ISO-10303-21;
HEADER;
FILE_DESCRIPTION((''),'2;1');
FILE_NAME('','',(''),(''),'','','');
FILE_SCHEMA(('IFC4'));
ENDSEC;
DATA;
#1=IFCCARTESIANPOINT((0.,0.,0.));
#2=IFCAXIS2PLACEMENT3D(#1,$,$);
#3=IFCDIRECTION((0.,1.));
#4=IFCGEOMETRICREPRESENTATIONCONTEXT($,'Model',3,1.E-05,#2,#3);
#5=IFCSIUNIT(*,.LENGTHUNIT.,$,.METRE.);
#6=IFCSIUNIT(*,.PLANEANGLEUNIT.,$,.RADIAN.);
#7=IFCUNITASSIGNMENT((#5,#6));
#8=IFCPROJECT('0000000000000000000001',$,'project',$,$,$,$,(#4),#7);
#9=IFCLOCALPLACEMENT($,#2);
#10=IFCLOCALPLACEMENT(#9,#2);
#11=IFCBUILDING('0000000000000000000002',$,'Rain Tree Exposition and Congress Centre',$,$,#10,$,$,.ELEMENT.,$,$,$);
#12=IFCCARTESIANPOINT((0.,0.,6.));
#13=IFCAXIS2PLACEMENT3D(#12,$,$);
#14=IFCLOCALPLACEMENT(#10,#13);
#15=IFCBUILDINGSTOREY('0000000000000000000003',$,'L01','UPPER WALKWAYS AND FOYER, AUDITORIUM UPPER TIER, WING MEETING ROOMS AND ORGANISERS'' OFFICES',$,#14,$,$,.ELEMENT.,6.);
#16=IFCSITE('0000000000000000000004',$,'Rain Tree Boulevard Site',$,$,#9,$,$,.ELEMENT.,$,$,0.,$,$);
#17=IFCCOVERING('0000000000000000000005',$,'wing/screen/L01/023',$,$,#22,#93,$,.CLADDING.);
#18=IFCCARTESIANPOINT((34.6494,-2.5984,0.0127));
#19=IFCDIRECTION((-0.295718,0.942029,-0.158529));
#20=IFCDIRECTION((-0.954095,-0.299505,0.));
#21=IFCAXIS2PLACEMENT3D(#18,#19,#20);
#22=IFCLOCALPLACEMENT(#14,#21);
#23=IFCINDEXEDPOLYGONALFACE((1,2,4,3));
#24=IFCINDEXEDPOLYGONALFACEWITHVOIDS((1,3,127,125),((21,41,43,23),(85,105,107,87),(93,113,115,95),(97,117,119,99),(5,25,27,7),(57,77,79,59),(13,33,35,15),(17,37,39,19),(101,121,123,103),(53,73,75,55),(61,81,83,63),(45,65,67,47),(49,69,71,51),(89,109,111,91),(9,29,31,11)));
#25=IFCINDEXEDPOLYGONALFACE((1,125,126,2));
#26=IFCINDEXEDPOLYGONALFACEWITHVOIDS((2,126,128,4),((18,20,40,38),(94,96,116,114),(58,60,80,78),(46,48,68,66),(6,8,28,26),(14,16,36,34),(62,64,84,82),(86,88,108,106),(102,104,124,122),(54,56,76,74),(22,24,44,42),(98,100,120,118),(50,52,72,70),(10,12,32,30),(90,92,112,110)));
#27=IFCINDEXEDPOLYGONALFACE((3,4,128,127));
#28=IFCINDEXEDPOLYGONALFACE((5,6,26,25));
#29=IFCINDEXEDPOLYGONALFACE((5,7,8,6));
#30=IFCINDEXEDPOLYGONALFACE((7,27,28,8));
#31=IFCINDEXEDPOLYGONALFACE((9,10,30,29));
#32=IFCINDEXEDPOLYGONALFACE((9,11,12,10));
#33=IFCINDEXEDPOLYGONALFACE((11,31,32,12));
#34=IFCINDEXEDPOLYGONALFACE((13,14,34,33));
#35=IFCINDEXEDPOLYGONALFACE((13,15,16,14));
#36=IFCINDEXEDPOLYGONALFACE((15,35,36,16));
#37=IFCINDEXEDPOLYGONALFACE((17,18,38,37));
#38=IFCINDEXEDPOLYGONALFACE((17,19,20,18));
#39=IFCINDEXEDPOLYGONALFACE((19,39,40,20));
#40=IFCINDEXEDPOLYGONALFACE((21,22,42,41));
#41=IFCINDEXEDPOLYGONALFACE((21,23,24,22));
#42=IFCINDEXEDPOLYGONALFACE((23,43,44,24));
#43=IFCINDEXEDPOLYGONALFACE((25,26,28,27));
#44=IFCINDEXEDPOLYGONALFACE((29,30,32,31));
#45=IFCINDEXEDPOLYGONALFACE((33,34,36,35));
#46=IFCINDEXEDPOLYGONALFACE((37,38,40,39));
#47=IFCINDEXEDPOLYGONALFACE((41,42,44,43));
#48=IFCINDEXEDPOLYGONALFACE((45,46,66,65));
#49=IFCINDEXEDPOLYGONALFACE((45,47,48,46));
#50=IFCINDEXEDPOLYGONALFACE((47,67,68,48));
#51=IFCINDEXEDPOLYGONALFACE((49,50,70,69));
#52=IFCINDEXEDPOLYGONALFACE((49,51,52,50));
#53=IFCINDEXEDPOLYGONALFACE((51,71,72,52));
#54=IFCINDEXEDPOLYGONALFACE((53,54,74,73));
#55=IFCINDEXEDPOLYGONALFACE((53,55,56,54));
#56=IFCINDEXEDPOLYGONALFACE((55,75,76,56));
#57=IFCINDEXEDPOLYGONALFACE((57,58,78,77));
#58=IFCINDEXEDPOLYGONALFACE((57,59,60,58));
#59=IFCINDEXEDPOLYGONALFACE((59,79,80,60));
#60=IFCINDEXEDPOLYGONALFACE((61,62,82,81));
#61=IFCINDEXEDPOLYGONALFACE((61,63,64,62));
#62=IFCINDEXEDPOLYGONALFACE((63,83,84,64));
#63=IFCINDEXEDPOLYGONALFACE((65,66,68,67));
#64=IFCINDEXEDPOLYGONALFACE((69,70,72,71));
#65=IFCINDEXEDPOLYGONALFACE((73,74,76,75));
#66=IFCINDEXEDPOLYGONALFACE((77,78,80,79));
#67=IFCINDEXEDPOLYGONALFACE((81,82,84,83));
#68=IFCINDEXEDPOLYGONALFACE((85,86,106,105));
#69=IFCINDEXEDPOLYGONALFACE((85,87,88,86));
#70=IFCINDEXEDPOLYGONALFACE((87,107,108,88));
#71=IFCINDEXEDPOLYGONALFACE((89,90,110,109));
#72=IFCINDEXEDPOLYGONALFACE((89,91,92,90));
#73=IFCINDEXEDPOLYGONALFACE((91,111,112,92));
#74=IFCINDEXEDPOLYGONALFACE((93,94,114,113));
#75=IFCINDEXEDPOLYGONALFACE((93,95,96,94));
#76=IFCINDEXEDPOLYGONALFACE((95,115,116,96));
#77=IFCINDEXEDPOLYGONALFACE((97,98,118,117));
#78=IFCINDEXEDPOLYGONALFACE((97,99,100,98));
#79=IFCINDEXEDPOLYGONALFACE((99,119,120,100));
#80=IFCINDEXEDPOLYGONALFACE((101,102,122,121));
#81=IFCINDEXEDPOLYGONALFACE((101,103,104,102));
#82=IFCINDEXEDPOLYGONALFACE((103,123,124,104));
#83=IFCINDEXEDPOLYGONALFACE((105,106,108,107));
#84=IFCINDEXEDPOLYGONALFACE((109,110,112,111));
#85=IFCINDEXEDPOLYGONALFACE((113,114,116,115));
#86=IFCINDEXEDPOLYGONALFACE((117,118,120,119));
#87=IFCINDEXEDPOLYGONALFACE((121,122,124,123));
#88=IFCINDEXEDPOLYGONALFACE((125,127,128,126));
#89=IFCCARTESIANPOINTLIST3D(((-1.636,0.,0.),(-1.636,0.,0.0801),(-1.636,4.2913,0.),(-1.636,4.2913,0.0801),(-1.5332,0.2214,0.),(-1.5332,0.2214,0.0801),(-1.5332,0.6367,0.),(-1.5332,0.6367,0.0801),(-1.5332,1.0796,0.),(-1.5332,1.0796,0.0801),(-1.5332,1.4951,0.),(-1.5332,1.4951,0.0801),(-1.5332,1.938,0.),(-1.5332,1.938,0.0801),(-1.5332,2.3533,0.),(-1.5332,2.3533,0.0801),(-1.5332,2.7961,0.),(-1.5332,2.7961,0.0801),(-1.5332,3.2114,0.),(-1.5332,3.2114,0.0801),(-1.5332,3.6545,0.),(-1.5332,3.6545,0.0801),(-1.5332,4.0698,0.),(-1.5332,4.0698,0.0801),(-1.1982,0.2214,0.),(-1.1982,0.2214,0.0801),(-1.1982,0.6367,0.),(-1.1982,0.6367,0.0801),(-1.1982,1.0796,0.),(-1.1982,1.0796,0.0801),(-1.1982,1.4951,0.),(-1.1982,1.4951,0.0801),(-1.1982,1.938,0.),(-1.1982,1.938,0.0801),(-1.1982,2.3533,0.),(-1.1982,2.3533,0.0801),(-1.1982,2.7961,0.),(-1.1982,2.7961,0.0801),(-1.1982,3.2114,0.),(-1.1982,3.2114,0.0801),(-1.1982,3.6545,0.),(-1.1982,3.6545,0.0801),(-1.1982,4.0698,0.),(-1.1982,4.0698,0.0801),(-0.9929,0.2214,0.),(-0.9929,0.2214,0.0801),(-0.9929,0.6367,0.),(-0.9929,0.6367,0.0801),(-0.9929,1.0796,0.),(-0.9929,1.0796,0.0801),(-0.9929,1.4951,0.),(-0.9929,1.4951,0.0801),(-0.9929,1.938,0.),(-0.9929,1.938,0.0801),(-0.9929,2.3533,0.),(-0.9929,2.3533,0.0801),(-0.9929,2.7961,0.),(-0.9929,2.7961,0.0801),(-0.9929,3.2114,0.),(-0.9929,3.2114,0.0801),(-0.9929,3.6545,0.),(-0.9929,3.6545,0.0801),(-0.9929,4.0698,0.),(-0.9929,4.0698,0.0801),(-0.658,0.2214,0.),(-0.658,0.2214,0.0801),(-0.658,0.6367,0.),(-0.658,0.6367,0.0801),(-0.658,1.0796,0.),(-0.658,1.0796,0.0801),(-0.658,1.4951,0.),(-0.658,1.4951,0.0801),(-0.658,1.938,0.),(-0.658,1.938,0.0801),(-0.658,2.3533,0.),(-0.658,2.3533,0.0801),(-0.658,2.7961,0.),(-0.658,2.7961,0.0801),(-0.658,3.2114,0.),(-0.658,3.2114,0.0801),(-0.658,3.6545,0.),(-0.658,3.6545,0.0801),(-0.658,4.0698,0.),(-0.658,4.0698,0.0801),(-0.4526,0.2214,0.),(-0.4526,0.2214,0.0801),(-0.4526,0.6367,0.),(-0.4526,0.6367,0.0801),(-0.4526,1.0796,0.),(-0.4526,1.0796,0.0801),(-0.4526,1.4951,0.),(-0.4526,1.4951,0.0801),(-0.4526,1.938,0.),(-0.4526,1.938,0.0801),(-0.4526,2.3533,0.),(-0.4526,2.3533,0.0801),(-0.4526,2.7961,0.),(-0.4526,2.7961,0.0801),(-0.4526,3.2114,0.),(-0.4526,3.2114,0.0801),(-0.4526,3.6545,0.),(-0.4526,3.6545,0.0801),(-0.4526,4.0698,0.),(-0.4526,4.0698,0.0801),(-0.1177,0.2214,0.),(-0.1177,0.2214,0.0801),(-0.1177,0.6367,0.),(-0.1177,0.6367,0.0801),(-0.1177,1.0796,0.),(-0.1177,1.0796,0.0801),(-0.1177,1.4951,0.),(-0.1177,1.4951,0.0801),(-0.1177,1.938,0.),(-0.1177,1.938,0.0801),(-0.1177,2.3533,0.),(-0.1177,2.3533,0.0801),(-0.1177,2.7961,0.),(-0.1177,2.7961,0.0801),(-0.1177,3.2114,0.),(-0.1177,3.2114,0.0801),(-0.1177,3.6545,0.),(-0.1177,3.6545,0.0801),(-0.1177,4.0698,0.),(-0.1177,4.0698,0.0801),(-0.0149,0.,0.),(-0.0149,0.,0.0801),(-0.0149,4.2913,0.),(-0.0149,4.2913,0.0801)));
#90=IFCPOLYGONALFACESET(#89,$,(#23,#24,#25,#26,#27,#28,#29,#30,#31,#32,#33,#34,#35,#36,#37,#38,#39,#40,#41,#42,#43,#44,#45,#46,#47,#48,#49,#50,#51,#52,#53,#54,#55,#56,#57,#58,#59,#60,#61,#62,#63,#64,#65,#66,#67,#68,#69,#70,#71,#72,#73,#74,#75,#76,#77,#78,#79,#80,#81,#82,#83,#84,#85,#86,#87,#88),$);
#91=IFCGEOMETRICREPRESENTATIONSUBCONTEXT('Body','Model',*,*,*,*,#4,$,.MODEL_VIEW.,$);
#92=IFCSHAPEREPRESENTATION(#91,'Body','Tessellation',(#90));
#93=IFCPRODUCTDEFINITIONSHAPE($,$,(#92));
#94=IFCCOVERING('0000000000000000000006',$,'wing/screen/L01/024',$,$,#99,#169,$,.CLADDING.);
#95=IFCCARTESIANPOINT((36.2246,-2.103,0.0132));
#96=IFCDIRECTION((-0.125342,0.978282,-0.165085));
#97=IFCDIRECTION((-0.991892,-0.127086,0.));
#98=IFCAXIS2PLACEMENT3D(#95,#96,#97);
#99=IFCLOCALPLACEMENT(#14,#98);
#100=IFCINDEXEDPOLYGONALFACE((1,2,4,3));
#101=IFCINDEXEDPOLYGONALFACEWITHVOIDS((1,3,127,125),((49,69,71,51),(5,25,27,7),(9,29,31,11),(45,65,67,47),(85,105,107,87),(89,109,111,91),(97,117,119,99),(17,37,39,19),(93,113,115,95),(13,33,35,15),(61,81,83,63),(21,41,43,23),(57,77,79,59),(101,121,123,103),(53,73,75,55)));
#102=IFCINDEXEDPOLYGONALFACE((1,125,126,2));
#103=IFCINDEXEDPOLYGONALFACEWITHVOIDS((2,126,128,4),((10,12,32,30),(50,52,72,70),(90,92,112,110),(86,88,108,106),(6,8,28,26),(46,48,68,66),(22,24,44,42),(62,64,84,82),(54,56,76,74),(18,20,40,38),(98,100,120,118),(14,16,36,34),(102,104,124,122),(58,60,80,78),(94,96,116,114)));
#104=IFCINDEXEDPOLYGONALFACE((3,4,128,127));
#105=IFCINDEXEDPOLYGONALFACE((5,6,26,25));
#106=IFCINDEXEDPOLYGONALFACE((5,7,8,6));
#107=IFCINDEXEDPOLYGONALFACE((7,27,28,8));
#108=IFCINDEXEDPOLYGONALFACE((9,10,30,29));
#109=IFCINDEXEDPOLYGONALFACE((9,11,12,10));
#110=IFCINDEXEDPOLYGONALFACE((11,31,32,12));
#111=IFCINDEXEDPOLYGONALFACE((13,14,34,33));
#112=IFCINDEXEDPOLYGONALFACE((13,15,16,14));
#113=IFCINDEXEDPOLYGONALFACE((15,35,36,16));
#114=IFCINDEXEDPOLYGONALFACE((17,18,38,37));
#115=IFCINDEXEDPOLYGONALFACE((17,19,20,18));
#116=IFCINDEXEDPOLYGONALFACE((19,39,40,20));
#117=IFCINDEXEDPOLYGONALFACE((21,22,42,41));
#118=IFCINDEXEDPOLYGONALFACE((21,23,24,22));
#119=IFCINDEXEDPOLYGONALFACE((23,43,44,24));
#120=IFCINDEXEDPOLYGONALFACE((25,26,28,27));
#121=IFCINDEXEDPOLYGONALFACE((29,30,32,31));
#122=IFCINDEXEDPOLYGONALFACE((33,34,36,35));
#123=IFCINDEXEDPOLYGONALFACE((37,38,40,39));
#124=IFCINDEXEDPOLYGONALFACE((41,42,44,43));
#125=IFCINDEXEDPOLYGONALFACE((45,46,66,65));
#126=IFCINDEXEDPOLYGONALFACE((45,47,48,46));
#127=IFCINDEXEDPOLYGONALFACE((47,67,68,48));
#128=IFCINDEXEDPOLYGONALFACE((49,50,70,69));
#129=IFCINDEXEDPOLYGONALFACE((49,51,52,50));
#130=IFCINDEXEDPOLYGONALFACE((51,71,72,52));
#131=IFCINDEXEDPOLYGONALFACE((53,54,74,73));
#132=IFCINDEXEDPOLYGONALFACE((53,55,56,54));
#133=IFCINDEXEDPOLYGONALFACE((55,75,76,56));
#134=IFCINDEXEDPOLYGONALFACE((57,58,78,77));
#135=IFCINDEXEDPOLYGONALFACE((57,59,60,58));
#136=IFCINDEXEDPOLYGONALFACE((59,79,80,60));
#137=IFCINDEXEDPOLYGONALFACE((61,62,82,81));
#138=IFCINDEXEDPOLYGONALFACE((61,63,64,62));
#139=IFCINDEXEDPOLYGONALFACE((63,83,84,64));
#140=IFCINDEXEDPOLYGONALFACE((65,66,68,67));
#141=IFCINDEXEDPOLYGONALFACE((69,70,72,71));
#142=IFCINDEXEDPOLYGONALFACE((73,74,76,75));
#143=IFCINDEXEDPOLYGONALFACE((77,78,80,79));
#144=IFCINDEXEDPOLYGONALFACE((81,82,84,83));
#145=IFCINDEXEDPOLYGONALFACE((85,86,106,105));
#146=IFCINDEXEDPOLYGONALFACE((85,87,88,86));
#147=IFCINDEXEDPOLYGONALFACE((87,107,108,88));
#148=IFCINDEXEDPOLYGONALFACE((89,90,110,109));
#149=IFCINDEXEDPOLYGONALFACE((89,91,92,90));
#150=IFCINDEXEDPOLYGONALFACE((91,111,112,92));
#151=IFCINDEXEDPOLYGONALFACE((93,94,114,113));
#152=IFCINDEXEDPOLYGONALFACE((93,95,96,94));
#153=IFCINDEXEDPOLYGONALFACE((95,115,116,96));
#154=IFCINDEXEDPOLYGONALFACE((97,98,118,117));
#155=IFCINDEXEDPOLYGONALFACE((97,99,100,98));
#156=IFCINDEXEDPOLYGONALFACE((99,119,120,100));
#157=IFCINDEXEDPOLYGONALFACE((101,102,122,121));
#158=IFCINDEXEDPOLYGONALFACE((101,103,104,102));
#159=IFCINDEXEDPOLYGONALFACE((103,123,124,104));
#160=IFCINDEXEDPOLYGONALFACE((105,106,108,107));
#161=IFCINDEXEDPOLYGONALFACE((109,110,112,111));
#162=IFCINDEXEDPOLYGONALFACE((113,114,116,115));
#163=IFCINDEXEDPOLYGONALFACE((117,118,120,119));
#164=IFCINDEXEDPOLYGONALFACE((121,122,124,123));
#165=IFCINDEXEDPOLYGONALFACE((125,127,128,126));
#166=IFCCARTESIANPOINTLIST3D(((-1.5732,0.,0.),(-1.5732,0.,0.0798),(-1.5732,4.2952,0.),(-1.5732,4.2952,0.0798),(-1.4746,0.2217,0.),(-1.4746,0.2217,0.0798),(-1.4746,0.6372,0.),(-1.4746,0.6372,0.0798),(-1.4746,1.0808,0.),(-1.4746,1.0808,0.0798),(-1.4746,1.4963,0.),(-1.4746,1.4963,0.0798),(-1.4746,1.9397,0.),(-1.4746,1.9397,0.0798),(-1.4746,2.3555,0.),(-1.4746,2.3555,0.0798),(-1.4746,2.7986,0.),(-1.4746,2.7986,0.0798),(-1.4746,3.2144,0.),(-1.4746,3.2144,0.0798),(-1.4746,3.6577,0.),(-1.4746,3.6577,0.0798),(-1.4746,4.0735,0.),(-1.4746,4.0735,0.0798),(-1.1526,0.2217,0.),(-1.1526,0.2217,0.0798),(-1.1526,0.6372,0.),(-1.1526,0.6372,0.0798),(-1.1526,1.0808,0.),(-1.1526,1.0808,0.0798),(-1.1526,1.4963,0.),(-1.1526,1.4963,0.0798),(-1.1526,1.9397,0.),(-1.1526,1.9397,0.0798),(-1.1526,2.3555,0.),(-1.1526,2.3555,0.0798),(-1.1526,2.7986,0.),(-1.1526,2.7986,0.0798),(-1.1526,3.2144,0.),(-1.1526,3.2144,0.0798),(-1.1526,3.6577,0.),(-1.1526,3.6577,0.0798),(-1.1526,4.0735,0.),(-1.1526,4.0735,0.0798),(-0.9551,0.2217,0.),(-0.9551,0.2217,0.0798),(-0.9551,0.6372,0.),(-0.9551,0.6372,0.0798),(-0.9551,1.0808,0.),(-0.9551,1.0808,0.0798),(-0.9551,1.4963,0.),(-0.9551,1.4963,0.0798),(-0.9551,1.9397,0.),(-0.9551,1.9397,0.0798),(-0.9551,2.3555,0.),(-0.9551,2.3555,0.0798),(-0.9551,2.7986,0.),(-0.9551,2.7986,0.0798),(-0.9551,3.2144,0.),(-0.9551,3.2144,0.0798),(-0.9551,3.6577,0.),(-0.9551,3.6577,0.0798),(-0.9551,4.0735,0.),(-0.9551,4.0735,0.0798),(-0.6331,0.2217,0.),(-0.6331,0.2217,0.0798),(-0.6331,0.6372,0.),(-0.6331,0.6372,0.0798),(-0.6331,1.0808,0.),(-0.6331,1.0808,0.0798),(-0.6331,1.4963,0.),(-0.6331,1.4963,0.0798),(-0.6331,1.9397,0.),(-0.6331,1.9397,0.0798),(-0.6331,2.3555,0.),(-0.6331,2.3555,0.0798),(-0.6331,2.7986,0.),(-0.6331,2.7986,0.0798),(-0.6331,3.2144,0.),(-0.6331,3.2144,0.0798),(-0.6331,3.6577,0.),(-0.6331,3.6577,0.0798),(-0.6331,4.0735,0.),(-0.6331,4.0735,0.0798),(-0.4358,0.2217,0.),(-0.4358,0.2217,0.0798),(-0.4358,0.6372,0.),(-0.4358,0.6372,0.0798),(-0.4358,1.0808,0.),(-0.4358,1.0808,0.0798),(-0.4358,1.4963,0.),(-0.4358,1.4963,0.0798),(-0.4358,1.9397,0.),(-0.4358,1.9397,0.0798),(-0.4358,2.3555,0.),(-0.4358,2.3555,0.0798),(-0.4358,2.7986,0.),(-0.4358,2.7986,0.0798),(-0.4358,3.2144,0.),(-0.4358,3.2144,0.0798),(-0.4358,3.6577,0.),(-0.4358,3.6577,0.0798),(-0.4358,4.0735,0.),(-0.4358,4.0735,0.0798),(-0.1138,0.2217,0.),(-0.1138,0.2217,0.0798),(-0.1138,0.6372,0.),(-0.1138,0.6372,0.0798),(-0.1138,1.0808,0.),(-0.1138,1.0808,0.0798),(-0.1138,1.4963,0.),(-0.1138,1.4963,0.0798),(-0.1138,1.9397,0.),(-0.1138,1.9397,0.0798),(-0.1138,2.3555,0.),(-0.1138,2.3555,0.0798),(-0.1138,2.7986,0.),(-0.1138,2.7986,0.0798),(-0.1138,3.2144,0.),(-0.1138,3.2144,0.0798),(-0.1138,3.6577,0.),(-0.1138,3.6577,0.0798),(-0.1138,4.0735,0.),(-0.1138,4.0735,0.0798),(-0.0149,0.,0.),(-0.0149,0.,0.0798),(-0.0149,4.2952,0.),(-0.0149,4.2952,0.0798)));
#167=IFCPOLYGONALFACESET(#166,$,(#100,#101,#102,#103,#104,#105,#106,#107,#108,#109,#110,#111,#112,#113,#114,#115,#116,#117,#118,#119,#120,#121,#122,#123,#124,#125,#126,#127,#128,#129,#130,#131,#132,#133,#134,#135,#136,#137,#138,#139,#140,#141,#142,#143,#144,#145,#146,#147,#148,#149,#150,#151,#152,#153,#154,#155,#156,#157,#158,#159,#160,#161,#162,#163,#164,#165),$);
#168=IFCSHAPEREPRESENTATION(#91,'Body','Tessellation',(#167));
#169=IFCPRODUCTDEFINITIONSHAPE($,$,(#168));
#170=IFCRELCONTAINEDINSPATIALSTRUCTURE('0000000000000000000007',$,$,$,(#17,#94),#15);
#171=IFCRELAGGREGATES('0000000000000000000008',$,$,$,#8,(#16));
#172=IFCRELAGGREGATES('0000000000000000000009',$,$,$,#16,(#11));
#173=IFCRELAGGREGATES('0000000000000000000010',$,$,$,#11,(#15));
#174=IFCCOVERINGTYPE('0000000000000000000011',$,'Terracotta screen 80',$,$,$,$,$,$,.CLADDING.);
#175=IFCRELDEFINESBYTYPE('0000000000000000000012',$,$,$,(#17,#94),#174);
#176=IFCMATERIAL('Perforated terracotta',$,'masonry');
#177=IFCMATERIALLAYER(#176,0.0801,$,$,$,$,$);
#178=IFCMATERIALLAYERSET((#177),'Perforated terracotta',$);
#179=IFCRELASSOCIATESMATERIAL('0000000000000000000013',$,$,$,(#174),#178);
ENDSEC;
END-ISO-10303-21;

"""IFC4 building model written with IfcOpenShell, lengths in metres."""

from ifc_helpers import new_model, si_unit, direction, frame, origin, place, context, subcontext, project, spatial, polyline, outline, extrude, material, layer, layer_set, type_object, element, save


model = new_model("IFC4")

# Units and contexts
model_context = context("Model", 3, precision=1e-05, world=origin(), true_north=direction((0.0, 1.0)))
body_context = subcontext(model_context, "Body", "Model", "MODEL_VIEW")
ifc_project = project(units=[si_unit("LENGTHUNIT", "METRE"), si_unit("PLANEANGLEUNIT", "RADIAN")], contexts=[model_context])

# Site, building, storey
site_placement = place(None, origin())
site = spatial("IfcSite", under=ifc_project, at=site_placement, Name="Rain Tree Boulevard Site", CompositionType="ELEMENT", RefElevation=0.0)
building_placement = place(site_placement, origin())
building = spatial("IfcBuilding", under=site, at=building_placement, Name="Rain Tree Exposition and Congress Centre", CompositionType="ELEMENT")
storey_placement = place(building_placement, frame((0.0, 0.0, 6.0)))
storey = spatial("IfcBuildingStorey", under=building, at=storey_placement, Name="L01", Description="UPPER WALKWAYS AND FOYER, AUDITORIUM UPPER TIER, WING MEETING ROOMS AND ORGANISERS' OFFICES", CompositionType="ELEMENT", Elevation=6.0)

# Coverings
ifc_material_1 = material(Name="Perforated terracotta", Category="masonry")
ifc_layer_1 = layer(ifc_material_1, 0.0801)
ifc_layer_set_1 = layer_set([ifc_layer_1], Name="Perforated terracotta")
covering_type = type_object("IfcCoveringType", Name="Terracotta screen 80", PredefinedType="CLADDING", material=ifc_layer_set_1)
covering_1_placement = place(storey_placement, frame((34.6494, -2.5984, 0.0127), z_axis=(-0.295718, 0.942029, -0.158529), x_axis=(-0.954095, -0.299505, 0.0)))
element("IfcCovering", 1, at=covering_1_placement, inside=storey, type_object=covering_type, Name="wing/screen/L01/023", PredefinedType="CLADDING", context=body_context, shape_type="SweptSolid", body=[
    extrude(outline(polyline([(-1.636, 0.0), (-1.636, 4.2913), (-0.0149, 4.2913), (-0.0149, 0.0), (-1.636, 0.0)]), holes=[polyline([(-0.1177, 0.2214), (-0.1177, 0.6367), (-0.4526, 0.6367), (-0.4526, 0.2214), (-0.1177, 0.2214)]), polyline([(-0.1177, 1.0796), (-0.1177, 1.4951), (-0.4526, 1.4951), (-0.4526, 1.0796), (-0.1177, 1.0796)]), polyline([(-0.1177, 1.938), (-0.1177, 2.3533), (-0.4526, 2.3533), (-0.4526, 1.938), (-0.1177, 1.938)]), polyline([(-0.1177, 2.7961), (-0.1177, 3.2114), (-0.4526, 3.2114), (-0.4526, 2.7961), (-0.1177, 2.7961)]), polyline([(-0.1177, 3.6545), (-0.1177, 4.0698), (-0.4526, 4.0698), (-0.4526, 3.6545), (-0.1177, 3.6545)]), polyline([(-0.658, 0.2214), (-0.658, 0.6367), (-0.9929, 0.6367), (-0.9929, 0.2214), (-0.658, 0.2214)]), polyline([(-0.658, 1.0796), (-0.658, 1.4951), (-0.9929, 1.4951), (-0.9929, 1.0796), (-0.658, 1.0796)]), polyline([(-0.658, 1.938), (-0.658, 2.3533), (-0.9929, 2.3533), (-0.9929, 1.938), (-0.658, 1.938)]), polyline([(-0.658, 2.7961), (-0.658, 3.2114), (-0.9929, 3.2114), (-0.9929, 2.7961), (-0.658, 2.7961)]), polyline([(-0.658, 3.6545), (-0.658, 4.0698), (-0.9929, 4.0698), (-0.9929, 3.6545), (-0.658, 3.6545)]), polyline([(-1.1982, 0.2214), (-1.1982, 0.6367), (-1.5332, 0.6367), (-1.5332, 0.2214), (-1.1982, 0.2214)]), polyline([(-1.1982, 1.0796), (-1.1982, 1.4951), (-1.5332, 1.4951), (-1.5332, 1.0796), (-1.1982, 1.0796)]), polyline([(-1.1982, 1.938), (-1.1982, 2.3533), (-1.5332, 2.3533), (-1.5332, 1.938), (-1.1982, 1.938)]), polyline([(-1.1982, 2.7961), (-1.1982, 3.2114), (-1.5332, 3.2114), (-1.5332, 2.7961), (-1.1982, 2.7961)]), polyline([(-1.1982, 3.6545), (-1.1982, 4.0698), (-1.5332, 4.0698), (-1.5332, 3.6545), (-1.1982, 3.6545)])]), origin(), (0.0, 0.0, 1.0), 0.0801),
])
covering_2_placement = place(storey_placement, frame((36.2246, -2.103, 0.0132), z_axis=(-0.125342, 0.978282, -0.165085), x_axis=(-0.991892, -0.127086, 0.0)))
element("IfcCovering", 2, at=covering_2_placement, inside=storey, type_object=covering_type, Name="wing/screen/L01/024", PredefinedType="CLADDING", context=body_context, shape_type="SweptSolid", body=[
    extrude(outline(polyline([(-1.5732, 0.0), (-1.5732, 4.2952), (-0.0149, 4.2952), (-0.0149, 0.0), (-1.5732, 0.0)]), holes=[polyline([(-0.1138, 0.2217), (-0.1138, 0.6372), (-0.4358, 0.6372), (-0.4358, 0.2217), (-0.1138, 0.2217)]), polyline([(-0.1138, 1.0808), (-0.1138, 1.4963), (-0.4358, 1.4963), (-0.4358, 1.0808), (-0.1138, 1.0808)]), polyline([(-0.1138, 1.9397), (-0.1138, 2.3555), (-0.4358, 2.3555), (-0.4358, 1.9397), (-0.1138, 1.9397)]), polyline([(-0.1138, 2.7986), (-0.1138, 3.2144), (-0.4358, 3.2144), (-0.4358, 2.7986), (-0.1138, 2.7986)]), polyline([(-0.1138, 3.6577), (-0.1138, 4.0735), (-0.4358, 4.0735), (-0.4358, 3.6577), (-0.1138, 3.6577)]), polyline([(-0.6331, 0.2217), (-0.6331, 0.6372), (-0.9551, 0.6372), (-0.9551, 0.2217), (-0.6331, 0.2217)]), polyline([(-0.6331, 1.0808), (-0.6331, 1.4963), (-0.9551, 1.4963), (-0.9551, 1.0808), (-0.6331, 1.0808)]), polyline([(-0.6331, 1.9397), (-0.6331, 2.3555), (-0.9551, 2.3555), (-0.9551, 1.9397), (-0.6331, 1.9397)]), polyline([(-0.6331, 2.7986), (-0.6331, 3.2144), (-0.9551, 3.2144), (-0.9551, 2.7986), (-0.6331, 2.7986)]), polyline([(-0.6331, 3.6577), (-0.6331, 4.0735), (-0.9551, 4.0735), (-0.9551, 3.6577), (-0.6331, 3.6577)]), polyline([(-1.1526, 0.2217), (-1.1526, 0.6372), (-1.4746, 0.6372), (-1.4746, 0.2217), (-1.1526, 0.2217)]), polyline([(-1.1526, 1.0808), (-1.1526, 1.4963), (-1.4746, 1.4963), (-1.4746, 1.0808), (-1.1526, 1.0808)]), polyline([(-1.1526, 1.9397), (-1.1526, 2.3555), (-1.4746, 2.3555), (-1.4746, 1.9397), (-1.1526, 1.9397)]), polyline([(-1.1526, 2.7986), (-1.1526, 3.2144), (-1.4746, 3.2144), (-1.4746, 2.7986), (-1.1526, 2.7986)]), polyline([(-1.1526, 3.6577), (-1.1526, 4.0735), (-1.4746, 4.0735), (-1.4746, 3.6577), (-1.1526, 3.6577)])]), origin(), (0.0, 0.0, 1.0), 0.0798),
])

save(model, "model.ifc")
